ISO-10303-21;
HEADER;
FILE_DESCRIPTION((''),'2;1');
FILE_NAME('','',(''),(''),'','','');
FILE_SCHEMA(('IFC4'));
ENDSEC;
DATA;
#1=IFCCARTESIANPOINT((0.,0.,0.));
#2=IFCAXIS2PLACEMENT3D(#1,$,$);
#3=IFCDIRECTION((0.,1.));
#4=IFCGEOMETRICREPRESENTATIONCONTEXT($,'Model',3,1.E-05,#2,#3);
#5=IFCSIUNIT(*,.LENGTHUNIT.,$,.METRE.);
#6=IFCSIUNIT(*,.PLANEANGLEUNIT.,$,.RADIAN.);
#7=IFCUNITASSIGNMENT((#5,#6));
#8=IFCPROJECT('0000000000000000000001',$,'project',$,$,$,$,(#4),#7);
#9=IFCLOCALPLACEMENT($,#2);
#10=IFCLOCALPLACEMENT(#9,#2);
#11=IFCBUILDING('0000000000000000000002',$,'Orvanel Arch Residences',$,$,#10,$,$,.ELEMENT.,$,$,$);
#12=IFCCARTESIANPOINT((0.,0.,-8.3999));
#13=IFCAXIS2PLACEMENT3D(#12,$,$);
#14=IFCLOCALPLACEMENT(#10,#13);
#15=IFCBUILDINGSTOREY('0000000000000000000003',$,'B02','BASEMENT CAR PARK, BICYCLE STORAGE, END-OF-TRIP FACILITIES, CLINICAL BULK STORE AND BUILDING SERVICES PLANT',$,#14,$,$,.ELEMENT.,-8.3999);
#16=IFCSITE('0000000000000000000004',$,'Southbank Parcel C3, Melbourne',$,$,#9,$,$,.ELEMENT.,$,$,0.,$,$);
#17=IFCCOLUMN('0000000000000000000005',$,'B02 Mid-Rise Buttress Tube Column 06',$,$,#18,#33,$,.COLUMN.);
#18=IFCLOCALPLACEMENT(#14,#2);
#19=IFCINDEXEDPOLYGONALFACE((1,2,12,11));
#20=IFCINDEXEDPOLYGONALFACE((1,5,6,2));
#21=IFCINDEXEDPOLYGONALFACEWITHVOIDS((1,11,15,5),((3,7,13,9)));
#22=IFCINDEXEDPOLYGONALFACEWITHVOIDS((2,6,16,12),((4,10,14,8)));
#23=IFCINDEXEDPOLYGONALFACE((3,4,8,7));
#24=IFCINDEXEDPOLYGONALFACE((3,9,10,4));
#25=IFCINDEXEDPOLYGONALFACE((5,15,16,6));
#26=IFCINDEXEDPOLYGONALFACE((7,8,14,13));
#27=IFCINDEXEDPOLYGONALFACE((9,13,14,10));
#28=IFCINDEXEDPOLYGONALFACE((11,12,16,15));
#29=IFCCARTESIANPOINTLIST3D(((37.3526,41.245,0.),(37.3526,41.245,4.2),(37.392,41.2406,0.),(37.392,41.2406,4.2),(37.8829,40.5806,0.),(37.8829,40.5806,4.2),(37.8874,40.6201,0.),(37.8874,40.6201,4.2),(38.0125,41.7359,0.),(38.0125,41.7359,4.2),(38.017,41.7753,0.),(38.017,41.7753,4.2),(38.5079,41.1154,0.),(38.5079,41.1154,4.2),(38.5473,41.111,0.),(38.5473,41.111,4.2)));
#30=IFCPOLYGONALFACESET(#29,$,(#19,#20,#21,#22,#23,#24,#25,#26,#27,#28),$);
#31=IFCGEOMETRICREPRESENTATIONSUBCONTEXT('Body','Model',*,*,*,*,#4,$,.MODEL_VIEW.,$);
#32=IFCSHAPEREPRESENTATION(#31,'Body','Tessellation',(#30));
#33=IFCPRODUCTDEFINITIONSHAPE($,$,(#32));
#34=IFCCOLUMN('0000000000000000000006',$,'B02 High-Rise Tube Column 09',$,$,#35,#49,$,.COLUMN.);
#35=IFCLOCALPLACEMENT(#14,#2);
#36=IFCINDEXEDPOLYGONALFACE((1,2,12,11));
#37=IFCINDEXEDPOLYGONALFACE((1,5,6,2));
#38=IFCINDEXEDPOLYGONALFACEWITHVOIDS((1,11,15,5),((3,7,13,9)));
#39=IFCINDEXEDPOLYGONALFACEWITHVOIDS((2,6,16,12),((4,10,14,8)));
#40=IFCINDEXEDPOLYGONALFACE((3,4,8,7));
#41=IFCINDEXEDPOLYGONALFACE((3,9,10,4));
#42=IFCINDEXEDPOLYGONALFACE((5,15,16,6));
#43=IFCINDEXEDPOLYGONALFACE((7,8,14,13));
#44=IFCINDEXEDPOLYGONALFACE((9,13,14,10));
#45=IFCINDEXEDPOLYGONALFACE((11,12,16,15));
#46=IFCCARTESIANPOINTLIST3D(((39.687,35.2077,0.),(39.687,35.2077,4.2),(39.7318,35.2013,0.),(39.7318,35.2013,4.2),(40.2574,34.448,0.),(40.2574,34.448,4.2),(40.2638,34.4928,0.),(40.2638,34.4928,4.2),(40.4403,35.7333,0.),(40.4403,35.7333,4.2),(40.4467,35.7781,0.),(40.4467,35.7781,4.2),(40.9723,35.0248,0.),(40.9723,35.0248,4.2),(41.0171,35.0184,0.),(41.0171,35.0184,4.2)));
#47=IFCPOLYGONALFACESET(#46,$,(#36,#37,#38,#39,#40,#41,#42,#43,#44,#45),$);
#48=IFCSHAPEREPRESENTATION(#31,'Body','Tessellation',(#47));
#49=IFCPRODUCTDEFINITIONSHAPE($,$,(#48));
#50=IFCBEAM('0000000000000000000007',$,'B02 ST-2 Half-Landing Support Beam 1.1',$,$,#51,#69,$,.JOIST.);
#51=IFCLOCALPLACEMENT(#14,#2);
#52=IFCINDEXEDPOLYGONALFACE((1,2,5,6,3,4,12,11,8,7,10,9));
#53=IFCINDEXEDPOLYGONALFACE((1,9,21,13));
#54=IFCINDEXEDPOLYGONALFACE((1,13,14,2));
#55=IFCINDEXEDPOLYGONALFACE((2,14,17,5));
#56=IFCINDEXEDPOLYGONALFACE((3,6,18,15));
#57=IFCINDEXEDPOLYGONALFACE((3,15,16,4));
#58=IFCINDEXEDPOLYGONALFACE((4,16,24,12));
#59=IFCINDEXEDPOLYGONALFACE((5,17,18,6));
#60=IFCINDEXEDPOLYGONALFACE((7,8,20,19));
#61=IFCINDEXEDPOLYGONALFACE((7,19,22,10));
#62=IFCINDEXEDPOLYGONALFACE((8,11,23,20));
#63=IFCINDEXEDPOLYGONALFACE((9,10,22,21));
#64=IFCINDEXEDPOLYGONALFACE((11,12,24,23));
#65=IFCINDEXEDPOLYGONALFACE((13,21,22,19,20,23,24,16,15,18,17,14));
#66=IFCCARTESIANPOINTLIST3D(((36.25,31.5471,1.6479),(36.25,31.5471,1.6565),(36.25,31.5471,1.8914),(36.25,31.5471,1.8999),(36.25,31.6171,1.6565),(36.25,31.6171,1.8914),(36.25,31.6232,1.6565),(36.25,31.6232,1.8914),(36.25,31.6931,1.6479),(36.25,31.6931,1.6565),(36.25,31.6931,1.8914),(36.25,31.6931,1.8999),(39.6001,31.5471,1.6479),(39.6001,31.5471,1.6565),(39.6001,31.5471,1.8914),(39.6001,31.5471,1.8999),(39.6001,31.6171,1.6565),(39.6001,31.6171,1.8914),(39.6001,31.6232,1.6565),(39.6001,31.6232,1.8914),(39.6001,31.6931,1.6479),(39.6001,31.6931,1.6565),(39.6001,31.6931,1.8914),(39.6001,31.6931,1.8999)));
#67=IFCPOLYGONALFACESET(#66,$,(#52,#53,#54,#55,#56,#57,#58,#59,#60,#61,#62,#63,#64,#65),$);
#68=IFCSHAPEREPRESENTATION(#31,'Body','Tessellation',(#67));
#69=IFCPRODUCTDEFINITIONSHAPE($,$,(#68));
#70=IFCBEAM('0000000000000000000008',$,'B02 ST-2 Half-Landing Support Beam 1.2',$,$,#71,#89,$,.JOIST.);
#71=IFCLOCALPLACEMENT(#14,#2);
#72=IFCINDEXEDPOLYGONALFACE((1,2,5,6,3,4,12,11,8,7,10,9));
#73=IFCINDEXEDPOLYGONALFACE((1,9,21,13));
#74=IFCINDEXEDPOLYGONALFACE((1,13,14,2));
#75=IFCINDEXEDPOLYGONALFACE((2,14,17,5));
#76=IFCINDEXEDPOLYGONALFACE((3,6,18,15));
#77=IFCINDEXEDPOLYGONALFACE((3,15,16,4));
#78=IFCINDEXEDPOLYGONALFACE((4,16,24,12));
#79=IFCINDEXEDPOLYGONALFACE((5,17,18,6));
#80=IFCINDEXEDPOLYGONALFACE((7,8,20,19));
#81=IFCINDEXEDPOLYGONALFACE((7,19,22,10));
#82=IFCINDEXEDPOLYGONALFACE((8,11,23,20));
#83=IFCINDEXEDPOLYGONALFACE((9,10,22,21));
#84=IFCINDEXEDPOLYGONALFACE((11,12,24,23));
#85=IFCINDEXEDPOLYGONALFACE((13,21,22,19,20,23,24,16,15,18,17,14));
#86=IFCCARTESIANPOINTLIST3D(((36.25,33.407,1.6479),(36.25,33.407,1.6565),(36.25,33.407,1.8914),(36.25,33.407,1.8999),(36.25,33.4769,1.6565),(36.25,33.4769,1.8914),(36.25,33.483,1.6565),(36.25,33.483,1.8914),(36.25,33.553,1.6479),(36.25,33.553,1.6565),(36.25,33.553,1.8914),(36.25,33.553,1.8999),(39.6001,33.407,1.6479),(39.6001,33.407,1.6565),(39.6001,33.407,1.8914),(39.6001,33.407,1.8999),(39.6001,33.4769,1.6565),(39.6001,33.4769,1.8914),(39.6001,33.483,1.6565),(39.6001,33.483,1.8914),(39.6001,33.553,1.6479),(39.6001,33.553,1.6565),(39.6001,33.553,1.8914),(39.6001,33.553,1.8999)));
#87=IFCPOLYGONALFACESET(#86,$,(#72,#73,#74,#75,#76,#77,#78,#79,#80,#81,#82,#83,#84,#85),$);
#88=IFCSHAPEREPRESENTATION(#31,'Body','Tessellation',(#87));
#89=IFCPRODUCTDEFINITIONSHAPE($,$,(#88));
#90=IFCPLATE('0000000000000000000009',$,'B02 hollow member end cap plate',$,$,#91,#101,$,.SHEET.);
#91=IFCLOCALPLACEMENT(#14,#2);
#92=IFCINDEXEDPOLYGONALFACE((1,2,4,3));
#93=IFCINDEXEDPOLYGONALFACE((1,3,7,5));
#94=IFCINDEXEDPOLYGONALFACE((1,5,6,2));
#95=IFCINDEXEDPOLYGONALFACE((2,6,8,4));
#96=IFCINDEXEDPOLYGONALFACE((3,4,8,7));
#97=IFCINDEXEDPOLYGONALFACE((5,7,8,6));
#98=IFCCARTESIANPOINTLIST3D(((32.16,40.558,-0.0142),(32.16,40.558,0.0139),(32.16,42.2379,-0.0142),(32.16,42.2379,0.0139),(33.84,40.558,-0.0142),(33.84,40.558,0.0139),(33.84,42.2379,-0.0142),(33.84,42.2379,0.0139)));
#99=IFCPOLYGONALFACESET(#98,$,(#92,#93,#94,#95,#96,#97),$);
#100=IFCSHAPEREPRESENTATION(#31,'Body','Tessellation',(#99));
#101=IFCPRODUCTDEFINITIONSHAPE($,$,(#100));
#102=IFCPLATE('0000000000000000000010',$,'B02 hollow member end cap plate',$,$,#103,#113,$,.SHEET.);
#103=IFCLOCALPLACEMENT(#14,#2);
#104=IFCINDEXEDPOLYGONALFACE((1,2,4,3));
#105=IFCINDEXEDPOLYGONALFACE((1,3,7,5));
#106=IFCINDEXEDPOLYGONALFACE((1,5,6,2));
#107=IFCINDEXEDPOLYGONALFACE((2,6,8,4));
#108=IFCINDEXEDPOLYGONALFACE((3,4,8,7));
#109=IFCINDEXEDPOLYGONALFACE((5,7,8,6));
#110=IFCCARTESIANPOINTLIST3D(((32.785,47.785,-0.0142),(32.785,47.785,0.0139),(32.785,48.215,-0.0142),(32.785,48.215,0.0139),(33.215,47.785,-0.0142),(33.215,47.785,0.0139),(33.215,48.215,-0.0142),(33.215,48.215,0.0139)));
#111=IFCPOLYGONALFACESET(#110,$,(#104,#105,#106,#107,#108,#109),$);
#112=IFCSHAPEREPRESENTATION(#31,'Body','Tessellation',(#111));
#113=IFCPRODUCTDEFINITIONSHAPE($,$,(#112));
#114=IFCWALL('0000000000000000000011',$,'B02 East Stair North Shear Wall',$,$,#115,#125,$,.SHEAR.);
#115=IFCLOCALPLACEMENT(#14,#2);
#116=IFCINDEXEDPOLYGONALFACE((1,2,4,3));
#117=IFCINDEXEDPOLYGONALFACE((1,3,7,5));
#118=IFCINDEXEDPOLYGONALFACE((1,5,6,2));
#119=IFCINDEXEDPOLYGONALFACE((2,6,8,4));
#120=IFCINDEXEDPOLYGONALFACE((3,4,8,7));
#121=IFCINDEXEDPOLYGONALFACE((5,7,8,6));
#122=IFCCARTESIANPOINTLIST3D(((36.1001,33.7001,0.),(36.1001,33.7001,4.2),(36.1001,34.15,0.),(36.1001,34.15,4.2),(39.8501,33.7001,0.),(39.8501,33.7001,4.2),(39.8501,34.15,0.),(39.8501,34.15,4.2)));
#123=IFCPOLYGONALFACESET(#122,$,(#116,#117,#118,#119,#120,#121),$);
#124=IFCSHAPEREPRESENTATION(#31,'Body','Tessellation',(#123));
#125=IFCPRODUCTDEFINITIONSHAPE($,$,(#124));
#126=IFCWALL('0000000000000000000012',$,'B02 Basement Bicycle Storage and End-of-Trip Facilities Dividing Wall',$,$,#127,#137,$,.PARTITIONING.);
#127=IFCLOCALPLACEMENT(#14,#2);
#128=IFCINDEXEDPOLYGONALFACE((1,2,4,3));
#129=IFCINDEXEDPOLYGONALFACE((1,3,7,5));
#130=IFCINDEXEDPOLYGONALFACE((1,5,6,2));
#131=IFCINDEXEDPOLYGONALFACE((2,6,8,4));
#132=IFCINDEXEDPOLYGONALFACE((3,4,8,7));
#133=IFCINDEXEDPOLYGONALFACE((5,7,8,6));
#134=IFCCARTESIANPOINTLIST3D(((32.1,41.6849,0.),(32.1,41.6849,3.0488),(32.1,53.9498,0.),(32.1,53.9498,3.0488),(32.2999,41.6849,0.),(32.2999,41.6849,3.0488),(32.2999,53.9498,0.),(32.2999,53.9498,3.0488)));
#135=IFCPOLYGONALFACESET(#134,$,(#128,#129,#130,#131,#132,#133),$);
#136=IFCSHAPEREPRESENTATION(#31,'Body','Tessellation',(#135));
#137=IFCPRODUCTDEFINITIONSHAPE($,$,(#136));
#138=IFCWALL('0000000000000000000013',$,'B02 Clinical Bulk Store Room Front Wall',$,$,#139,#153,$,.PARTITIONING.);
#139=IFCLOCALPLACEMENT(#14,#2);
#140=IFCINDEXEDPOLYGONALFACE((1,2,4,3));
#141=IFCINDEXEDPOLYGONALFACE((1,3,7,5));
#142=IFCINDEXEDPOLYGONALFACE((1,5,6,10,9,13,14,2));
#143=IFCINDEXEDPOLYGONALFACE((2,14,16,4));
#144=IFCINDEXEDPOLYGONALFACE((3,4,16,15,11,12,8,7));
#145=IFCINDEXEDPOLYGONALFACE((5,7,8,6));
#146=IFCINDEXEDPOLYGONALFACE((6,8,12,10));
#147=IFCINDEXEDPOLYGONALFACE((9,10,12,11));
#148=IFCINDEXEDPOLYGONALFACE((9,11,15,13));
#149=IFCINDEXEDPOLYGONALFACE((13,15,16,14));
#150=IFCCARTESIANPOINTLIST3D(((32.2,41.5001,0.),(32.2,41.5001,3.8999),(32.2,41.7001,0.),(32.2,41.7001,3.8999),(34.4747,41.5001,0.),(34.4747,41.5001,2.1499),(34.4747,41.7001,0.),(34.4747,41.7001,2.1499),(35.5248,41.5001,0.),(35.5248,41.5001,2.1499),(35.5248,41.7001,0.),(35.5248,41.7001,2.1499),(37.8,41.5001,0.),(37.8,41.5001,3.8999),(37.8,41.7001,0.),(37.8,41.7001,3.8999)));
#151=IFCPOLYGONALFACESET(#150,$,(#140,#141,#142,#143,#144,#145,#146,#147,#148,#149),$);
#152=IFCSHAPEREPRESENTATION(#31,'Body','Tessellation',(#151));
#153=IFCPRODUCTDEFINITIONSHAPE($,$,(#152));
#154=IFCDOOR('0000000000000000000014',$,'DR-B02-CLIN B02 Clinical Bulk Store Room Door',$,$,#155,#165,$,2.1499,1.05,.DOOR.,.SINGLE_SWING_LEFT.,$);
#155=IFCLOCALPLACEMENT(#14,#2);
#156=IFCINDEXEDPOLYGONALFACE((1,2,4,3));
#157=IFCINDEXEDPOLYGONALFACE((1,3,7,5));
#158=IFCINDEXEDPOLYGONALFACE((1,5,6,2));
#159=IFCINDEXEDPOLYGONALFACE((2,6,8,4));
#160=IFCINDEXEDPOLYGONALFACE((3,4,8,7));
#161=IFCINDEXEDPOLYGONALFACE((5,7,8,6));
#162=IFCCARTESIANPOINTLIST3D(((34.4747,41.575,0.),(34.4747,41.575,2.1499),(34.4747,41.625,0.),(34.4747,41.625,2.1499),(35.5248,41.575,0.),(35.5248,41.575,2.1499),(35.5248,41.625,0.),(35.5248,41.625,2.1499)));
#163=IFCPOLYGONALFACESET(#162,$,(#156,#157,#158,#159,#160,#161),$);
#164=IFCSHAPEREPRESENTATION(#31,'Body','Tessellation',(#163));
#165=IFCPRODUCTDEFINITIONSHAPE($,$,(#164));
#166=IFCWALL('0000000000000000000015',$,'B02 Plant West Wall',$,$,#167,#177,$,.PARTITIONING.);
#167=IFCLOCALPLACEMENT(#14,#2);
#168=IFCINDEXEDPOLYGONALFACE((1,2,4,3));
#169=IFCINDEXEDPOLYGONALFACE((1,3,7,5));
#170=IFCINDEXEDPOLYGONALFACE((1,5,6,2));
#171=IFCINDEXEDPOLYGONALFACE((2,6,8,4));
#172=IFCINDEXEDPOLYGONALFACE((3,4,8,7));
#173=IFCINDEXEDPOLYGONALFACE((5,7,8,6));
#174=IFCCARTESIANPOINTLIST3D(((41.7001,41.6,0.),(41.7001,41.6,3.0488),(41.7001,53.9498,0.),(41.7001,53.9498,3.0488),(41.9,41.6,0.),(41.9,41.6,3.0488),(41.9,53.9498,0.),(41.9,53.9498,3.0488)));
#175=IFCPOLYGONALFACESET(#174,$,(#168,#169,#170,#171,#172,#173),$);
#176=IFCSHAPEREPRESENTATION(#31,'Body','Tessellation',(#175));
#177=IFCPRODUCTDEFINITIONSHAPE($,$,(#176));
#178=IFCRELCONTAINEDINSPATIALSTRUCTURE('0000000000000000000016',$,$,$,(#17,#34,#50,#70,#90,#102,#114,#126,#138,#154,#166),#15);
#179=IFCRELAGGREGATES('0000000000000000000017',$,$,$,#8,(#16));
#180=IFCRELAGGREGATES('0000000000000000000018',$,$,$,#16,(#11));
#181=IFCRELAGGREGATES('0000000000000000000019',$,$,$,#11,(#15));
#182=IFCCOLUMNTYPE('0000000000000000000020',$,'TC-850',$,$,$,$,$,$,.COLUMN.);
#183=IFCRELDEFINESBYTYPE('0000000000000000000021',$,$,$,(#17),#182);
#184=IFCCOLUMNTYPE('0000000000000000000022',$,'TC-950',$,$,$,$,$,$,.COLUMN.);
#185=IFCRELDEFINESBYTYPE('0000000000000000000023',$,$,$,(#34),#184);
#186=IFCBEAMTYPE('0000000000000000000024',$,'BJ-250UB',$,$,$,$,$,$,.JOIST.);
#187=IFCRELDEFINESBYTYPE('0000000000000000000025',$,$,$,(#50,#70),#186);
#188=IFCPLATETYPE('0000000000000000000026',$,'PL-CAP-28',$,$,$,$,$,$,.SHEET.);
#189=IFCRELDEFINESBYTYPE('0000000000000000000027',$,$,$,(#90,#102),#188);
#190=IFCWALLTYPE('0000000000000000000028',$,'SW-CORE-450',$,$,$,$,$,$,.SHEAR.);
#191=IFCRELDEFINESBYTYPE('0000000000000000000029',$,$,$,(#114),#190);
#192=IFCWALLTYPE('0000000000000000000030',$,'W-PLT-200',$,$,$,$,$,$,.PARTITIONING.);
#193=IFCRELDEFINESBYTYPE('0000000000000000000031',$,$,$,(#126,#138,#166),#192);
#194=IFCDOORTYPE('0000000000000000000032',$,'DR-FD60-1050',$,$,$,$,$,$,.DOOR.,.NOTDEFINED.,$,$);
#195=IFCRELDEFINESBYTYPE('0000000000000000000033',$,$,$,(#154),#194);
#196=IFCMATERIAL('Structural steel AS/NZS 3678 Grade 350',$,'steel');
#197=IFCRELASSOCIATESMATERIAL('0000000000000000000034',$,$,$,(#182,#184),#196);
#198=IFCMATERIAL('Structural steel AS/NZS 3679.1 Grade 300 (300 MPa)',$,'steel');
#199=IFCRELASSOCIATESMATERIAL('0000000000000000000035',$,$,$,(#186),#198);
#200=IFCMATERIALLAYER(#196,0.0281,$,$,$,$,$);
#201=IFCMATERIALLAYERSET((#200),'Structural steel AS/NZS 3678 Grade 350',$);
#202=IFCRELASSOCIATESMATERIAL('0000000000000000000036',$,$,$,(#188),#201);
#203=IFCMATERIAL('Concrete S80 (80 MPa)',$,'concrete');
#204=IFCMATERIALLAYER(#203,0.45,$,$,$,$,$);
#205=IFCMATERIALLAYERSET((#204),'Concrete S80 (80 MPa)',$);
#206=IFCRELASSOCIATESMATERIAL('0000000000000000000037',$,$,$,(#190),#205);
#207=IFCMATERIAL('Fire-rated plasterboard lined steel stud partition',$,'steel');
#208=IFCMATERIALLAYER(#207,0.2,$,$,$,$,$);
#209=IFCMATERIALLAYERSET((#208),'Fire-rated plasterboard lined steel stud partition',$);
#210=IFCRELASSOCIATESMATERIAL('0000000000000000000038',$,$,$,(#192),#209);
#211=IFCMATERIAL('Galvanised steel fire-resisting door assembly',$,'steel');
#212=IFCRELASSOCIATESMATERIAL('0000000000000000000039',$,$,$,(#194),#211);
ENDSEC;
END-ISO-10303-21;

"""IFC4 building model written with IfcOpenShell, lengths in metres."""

from ifc_helpers import new_model, si_unit, direction, frame, frame_2d, origin, origin_2d, place, context, subcontext, project, spatial, rectangle, hollow_rectangle, i_section, extrude, material, layer, layer_set, material_profile, profile_set, type_object, element, fill, save


model = new_model("IFC4")

# Units and contexts
model_context = context("Model", 3, precision=1e-05, world=origin(), true_north=direction((0.0, 1.0)))
body_context = subcontext(model_context, "Body", "Model", "MODEL_VIEW")
ifc_project = project(units=[si_unit("LENGTHUNIT", "METRE"), si_unit("PLANEANGLEUNIT", "RADIAN")], contexts=[model_context])

# Site, building, storey
site_placement = place(None, origin())
site = spatial("IfcSite", under=ifc_project, at=site_placement, Name="Southbank Parcel C3, Melbourne", CompositionType="ELEMENT", RefElevation=0.0)
building_placement = place(site_placement, origin())
building = spatial("IfcBuilding", under=site, at=building_placement, Name="Orvanel Arch Residences", CompositionType="ELEMENT")
storey_placement = place(building_placement, frame((0.0, 0.0, -8.3999)))
storey = spatial("IfcBuildingStorey", under=building, at=storey_placement, Name="B02", Description="BASEMENT CAR PARK, BICYCLE STORAGE, END-OF-TRIP FACILITIES, CLINICAL BULK STORE AND BUILDING SERVICES PLANT", CompositionType="ELEMENT", Elevation=-8.3999)

# Columns
ifc_material_1 = material(Name="Structural steel AS/NZS 3678 Grade 350", Category="steel")
ifc_material_profile_1 = material_profile(ifc_material_1, hollow_rectangle(XDim=0.8501, YDim=0.8501, WallThickness=0.0281, at=origin_2d()), Name="BOX850x850x28")
ifc_profile_set_1 = profile_set([ifc_material_profile_1], Name="Structural steel AS/NZS 3678 Grade 350")
column_type_1 = type_object("IfcColumnType", Name="TC-850", PredefinedType="COLUMN", material=ifc_profile_set_1)
column_1_placement = place(storey_placement, frame((37.95, 41.178, 0.0), z_axis=(0.0, 0.0, 1.0), x_axis=(-0.62388, 0.78152, 0.0)))
element("IfcColumn", 1, at=column_1_placement, inside=storey, type_object=column_type_1, Name="B02 Mid-Rise Buttress Tube Column 06", PredefinedType="COLUMN", context=body_context, shape_type="SweptSolid", body=[
    extrude(hollow_rectangle(XDim=0.8501, YDim=0.8501, WallThickness=0.0281, at=origin_2d()), origin(), (0.0, 0.0, 1.0), 4.2),
])
ifc_material_profile_2 = material_profile(ifc_material_1, hollow_rectangle(XDim=0.95, YDim=0.95, WallThickness=0.032, at=origin_2d()), Name="BOX950x950x32")
ifc_profile_set_2 = profile_set([ifc_material_profile_2], Name="Structural steel AS/NZS 3678 Grade 350")
column_type_2 = type_object("IfcColumnType", Name="TC-950", PredefinedType="COLUMN", material=ifc_profile_set_2)
column_2_placement = place(storey_placement, frame((40.3521, 35.113, 0.0), z_axis=(0.0, 0.0, 1.0), x_axis=(-0.60042, 0.799685, 0.0)))
element("IfcColumn", 2, at=column_2_placement, inside=storey, type_object=column_type_2, Name="B02 High-Rise Tube Column 09", PredefinedType="COLUMN", context=body_context, shape_type="SweptSolid", body=[
    extrude(hollow_rectangle(XDim=0.95, YDim=0.95, WallThickness=0.032, at=origin_2d()), origin(), (0.0, 0.0, 1.0), 4.2),
])

# Beams
ifc_material_2 = material(Name="Structural steel AS/NZS 3679.1 Grade 300 (300 MPa)", Category="steel")
ifc_material_profile_3 = material_profile(ifc_material_2, i_section(OverallWidth=0.146, OverallDepth=0.252, WebThickness=0.0061, FlangeThickness=0.0085, at=origin_2d()), Name="250UB31.4")
ifc_profile_set_3 = profile_set([ifc_material_profile_3], Name="Structural steel AS/NZS 3679.1 Grade 300 (300 MPa)")
beam_type = type_object("IfcBeamType", Name="BJ-250UB", PredefinedType="JOIST", material=ifc_profile_set_3)
for number, where, z_axis, x_axis, name in (
    (3, (36.25, 31.6201, 1.7739), (1.0, 0.0, 0.0), (0.0, 1.0, 0.0), "B02 ST-2 Half-Landing Support Beam 1.1"),
    (4, (36.25, 33.48, 1.7739), (1.0, 0.0, 0.0), (0.0, 1.0, 0.0), "B02 ST-2 Half-Landing Support Beam 1.2"),
):
    element("IfcBeam", number, at=place(storey_placement, frame(where, z_axis=z_axis, x_axis=x_axis)), inside=storey, type_object=beam_type, Name=name, PredefinedType="JOIST", context=body_context, shape_type="SweptSolid", body=[
        extrude(i_section(OverallWidth=0.146, OverallDepth=0.252, WebThickness=0.0061, FlangeThickness=0.0085, at=origin_2d()), origin(), (0.0, 0.0, 1.0), 3.3501),
    ])

# Plates
ifc_layer_1 = layer(ifc_material_1, 0.0281)
ifc_layer_set_1 = layer_set([ifc_layer_1], Name="Structural steel AS/NZS 3678 Grade 350")
plate_type = type_object("IfcPlateType", Name="PL-CAP-28", PredefinedType="SHEET", material=ifc_layer_set_1)
plate_1_placement = place(storey_placement, frame((33.0, 41.3979, -0.0142), z_axis=(0.0, 0.0, 1.0), x_axis=(1.0, 0.0, 0.0)))
element("IfcPlate", 5, at=plate_1_placement, inside=storey, type_object=plate_type, Name="B02 hollow member end cap plate", PredefinedType="SHEET", context=body_context, shape_type="SweptSolid", body=[
    extrude(rectangle(XDim=1.6799, YDim=1.6799, at=origin_2d()), origin(), (0.0, 0.0, 1.0), 0.0281),
])
plate_2_placement = place(storey_placement, frame((33.0, 48.0, -0.0142), z_axis=(0.0, 0.0, 1.0), x_axis=(1.0, 0.0, 0.0)))
element("IfcPlate", 6, at=plate_2_placement, inside=storey, type_object=plate_type, Name="B02 hollow member end cap plate", PredefinedType="SHEET", context=body_context, shape_type="SweptSolid", body=[
    extrude(rectangle(XDim=0.4299, YDim=0.4299, at=origin_2d()), origin(), (0.0, 0.0, 1.0), 0.0281),
])

# Walls
ifc_material_3 = material(Name="Concrete S80 (80 MPa)", Category="concrete")
ifc_layer_2 = layer(ifc_material_3, 0.45)
ifc_layer_set_2 = layer_set([ifc_layer_2], Name="Concrete S80 (80 MPa)")
wall_type_1 = type_object("IfcWallType", Name="SW-CORE-450", PredefinedType="SHEAR", material=ifc_layer_set_2)
wall_1_placement = place(storey_placement, frame((36.1001, 33.925, 0.0), z_axis=(0.0, 0.0, 1.0), x_axis=(1.0, 0.0, 0.0)))
element("IfcWall", 7, at=wall_1_placement, inside=storey, type_object=wall_type_1, Name="B02 East Stair North Shear Wall", PredefinedType="SHEAR", context=body_context, shape_type="SweptSolid", body=[
    extrude(rectangle(XDim=3.75, YDim=0.45, at=frame_2d((1.875, 0.0))), origin(), (0.0, 0.0, 1.0), 4.2),
])
ifc_material_4 = material(Name="Fire-rated plasterboard lined steel stud partition", Category="steel")
ifc_layer_3 = layer(ifc_material_4, 0.2)
ifc_layer_set_3 = layer_set([ifc_layer_3], Name="Fire-rated plasterboard lined steel stud partition")
wall_type_2 = type_object("IfcWallType", Name="W-PLT-200", PredefinedType="PARTITIONING", material=ifc_layer_set_3)
wall_2_placement = place(storey_placement, frame((32.2, 41.6851, 0.0), z_axis=(0.0, 0.0, 1.0), x_axis=(0.0, 1.0, 0.0)))
element("IfcWall", 8, at=wall_2_placement, inside=storey, type_object=wall_type_2, Name="B02 Basement Bicycle Storage and End-of-Trip Facilities Dividing Wall", PredefinedType="PARTITIONING", context=body_context, shape_type="SweptSolid", body=[
    extrude(rectangle(XDim=12.2649, YDim=0.2, at=frame_2d((6.1323, 0.0))), origin(), (0.0, 0.0, 1.0), 3.0488),
])

# Wall, opening, door
wall_3_placement = place(storey_placement, frame((32.2, 41.6001, 0.0), z_axis=(0.0, 0.0, 1.0), x_axis=(1.0, 0.0, 0.0)))
wall_3 = element("IfcWall", 9, at=wall_3_placement, inside=storey, type_object=wall_type_2, Name="B02 Clinical Bulk Store Room Front Wall", PredefinedType="PARTITIONING", context=body_context, shape_type="SweptSolid", body=[
    extrude(rectangle(XDim=5.6001, YDim=0.2, at=frame_2d((2.8, 0.0))), origin(), (0.0, 0.0, 1.0), 3.8999),
])
opening_1_placement = place(wall_3_placement, frame((2.2749, 0.0, 0.0)))
opening_1 = element("IfcOpeningElement", 10, at=opening_1_placement, cuts=wall_3, PredefinedType="OPENING", context=body_context, shape_type="SweptSolid", body=[
    extrude(rectangle(XDim=1.05, YDim=2.1499, at=frame_2d((0.5249, 1.075))), frame((0.0, 0.1099, 0.0), z_axis=(0.0, -1.0, 0.0), x_axis=(1.0, 0.0, 0.0)), (0.0, 0.0, 1.0), 0.22),
])
ifc_material_5 = material(Name="Galvanised steel fire-resisting door assembly", Category="steel")
door_type_1 = type_object("IfcDoorType", Name="DR-FD60-1050", OperationType="NOTDEFINED", PredefinedType="DOOR", material=ifc_material_5)
door_1_placement = place(opening_1_placement, origin())
door_1 = element("IfcDoor", 11, at=door_1_placement, inside=storey, type_object=door_type_1, Name="DR-B02-CLIN B02 Clinical Bulk Store Room Door", OperationType="SINGLE_SWING_LEFT", OverallHeight=2.1499, OverallWidth=1.05, PredefinedType="DOOR", context=body_context, shape_type="SweptSolid", body=[
    extrude(rectangle(XDim=1.05, YDim=2.1499, at=frame_2d((0.5249, 1.075))), frame((0.0, 0.0249, 0.0), z_axis=(0.0, -1.0, 0.0), x_axis=(1.0, 0.0, 0.0)), (0.0, 0.0, 1.0), 0.05),
])
fill(opening_1, door_1)

# Wall
wall_4_placement = place(storey_placement, frame((41.8, 41.6001, 0.0), z_axis=(0.0, 0.0, 1.0), x_axis=(0.0, 1.0, 0.0)))
element("IfcWall", 12, at=wall_4_placement, inside=storey, type_object=wall_type_2, Name="B02 Plant West Wall", PredefinedType="PARTITIONING", context=body_context, shape_type="SweptSolid", body=[
    extrude(rectangle(XDim=12.3499, YDim=0.2, at=frame_2d((6.1748, 0.0))), origin(), (0.0, 0.0, 1.0), 3.0488),
])

save(model, "model.ifc")
